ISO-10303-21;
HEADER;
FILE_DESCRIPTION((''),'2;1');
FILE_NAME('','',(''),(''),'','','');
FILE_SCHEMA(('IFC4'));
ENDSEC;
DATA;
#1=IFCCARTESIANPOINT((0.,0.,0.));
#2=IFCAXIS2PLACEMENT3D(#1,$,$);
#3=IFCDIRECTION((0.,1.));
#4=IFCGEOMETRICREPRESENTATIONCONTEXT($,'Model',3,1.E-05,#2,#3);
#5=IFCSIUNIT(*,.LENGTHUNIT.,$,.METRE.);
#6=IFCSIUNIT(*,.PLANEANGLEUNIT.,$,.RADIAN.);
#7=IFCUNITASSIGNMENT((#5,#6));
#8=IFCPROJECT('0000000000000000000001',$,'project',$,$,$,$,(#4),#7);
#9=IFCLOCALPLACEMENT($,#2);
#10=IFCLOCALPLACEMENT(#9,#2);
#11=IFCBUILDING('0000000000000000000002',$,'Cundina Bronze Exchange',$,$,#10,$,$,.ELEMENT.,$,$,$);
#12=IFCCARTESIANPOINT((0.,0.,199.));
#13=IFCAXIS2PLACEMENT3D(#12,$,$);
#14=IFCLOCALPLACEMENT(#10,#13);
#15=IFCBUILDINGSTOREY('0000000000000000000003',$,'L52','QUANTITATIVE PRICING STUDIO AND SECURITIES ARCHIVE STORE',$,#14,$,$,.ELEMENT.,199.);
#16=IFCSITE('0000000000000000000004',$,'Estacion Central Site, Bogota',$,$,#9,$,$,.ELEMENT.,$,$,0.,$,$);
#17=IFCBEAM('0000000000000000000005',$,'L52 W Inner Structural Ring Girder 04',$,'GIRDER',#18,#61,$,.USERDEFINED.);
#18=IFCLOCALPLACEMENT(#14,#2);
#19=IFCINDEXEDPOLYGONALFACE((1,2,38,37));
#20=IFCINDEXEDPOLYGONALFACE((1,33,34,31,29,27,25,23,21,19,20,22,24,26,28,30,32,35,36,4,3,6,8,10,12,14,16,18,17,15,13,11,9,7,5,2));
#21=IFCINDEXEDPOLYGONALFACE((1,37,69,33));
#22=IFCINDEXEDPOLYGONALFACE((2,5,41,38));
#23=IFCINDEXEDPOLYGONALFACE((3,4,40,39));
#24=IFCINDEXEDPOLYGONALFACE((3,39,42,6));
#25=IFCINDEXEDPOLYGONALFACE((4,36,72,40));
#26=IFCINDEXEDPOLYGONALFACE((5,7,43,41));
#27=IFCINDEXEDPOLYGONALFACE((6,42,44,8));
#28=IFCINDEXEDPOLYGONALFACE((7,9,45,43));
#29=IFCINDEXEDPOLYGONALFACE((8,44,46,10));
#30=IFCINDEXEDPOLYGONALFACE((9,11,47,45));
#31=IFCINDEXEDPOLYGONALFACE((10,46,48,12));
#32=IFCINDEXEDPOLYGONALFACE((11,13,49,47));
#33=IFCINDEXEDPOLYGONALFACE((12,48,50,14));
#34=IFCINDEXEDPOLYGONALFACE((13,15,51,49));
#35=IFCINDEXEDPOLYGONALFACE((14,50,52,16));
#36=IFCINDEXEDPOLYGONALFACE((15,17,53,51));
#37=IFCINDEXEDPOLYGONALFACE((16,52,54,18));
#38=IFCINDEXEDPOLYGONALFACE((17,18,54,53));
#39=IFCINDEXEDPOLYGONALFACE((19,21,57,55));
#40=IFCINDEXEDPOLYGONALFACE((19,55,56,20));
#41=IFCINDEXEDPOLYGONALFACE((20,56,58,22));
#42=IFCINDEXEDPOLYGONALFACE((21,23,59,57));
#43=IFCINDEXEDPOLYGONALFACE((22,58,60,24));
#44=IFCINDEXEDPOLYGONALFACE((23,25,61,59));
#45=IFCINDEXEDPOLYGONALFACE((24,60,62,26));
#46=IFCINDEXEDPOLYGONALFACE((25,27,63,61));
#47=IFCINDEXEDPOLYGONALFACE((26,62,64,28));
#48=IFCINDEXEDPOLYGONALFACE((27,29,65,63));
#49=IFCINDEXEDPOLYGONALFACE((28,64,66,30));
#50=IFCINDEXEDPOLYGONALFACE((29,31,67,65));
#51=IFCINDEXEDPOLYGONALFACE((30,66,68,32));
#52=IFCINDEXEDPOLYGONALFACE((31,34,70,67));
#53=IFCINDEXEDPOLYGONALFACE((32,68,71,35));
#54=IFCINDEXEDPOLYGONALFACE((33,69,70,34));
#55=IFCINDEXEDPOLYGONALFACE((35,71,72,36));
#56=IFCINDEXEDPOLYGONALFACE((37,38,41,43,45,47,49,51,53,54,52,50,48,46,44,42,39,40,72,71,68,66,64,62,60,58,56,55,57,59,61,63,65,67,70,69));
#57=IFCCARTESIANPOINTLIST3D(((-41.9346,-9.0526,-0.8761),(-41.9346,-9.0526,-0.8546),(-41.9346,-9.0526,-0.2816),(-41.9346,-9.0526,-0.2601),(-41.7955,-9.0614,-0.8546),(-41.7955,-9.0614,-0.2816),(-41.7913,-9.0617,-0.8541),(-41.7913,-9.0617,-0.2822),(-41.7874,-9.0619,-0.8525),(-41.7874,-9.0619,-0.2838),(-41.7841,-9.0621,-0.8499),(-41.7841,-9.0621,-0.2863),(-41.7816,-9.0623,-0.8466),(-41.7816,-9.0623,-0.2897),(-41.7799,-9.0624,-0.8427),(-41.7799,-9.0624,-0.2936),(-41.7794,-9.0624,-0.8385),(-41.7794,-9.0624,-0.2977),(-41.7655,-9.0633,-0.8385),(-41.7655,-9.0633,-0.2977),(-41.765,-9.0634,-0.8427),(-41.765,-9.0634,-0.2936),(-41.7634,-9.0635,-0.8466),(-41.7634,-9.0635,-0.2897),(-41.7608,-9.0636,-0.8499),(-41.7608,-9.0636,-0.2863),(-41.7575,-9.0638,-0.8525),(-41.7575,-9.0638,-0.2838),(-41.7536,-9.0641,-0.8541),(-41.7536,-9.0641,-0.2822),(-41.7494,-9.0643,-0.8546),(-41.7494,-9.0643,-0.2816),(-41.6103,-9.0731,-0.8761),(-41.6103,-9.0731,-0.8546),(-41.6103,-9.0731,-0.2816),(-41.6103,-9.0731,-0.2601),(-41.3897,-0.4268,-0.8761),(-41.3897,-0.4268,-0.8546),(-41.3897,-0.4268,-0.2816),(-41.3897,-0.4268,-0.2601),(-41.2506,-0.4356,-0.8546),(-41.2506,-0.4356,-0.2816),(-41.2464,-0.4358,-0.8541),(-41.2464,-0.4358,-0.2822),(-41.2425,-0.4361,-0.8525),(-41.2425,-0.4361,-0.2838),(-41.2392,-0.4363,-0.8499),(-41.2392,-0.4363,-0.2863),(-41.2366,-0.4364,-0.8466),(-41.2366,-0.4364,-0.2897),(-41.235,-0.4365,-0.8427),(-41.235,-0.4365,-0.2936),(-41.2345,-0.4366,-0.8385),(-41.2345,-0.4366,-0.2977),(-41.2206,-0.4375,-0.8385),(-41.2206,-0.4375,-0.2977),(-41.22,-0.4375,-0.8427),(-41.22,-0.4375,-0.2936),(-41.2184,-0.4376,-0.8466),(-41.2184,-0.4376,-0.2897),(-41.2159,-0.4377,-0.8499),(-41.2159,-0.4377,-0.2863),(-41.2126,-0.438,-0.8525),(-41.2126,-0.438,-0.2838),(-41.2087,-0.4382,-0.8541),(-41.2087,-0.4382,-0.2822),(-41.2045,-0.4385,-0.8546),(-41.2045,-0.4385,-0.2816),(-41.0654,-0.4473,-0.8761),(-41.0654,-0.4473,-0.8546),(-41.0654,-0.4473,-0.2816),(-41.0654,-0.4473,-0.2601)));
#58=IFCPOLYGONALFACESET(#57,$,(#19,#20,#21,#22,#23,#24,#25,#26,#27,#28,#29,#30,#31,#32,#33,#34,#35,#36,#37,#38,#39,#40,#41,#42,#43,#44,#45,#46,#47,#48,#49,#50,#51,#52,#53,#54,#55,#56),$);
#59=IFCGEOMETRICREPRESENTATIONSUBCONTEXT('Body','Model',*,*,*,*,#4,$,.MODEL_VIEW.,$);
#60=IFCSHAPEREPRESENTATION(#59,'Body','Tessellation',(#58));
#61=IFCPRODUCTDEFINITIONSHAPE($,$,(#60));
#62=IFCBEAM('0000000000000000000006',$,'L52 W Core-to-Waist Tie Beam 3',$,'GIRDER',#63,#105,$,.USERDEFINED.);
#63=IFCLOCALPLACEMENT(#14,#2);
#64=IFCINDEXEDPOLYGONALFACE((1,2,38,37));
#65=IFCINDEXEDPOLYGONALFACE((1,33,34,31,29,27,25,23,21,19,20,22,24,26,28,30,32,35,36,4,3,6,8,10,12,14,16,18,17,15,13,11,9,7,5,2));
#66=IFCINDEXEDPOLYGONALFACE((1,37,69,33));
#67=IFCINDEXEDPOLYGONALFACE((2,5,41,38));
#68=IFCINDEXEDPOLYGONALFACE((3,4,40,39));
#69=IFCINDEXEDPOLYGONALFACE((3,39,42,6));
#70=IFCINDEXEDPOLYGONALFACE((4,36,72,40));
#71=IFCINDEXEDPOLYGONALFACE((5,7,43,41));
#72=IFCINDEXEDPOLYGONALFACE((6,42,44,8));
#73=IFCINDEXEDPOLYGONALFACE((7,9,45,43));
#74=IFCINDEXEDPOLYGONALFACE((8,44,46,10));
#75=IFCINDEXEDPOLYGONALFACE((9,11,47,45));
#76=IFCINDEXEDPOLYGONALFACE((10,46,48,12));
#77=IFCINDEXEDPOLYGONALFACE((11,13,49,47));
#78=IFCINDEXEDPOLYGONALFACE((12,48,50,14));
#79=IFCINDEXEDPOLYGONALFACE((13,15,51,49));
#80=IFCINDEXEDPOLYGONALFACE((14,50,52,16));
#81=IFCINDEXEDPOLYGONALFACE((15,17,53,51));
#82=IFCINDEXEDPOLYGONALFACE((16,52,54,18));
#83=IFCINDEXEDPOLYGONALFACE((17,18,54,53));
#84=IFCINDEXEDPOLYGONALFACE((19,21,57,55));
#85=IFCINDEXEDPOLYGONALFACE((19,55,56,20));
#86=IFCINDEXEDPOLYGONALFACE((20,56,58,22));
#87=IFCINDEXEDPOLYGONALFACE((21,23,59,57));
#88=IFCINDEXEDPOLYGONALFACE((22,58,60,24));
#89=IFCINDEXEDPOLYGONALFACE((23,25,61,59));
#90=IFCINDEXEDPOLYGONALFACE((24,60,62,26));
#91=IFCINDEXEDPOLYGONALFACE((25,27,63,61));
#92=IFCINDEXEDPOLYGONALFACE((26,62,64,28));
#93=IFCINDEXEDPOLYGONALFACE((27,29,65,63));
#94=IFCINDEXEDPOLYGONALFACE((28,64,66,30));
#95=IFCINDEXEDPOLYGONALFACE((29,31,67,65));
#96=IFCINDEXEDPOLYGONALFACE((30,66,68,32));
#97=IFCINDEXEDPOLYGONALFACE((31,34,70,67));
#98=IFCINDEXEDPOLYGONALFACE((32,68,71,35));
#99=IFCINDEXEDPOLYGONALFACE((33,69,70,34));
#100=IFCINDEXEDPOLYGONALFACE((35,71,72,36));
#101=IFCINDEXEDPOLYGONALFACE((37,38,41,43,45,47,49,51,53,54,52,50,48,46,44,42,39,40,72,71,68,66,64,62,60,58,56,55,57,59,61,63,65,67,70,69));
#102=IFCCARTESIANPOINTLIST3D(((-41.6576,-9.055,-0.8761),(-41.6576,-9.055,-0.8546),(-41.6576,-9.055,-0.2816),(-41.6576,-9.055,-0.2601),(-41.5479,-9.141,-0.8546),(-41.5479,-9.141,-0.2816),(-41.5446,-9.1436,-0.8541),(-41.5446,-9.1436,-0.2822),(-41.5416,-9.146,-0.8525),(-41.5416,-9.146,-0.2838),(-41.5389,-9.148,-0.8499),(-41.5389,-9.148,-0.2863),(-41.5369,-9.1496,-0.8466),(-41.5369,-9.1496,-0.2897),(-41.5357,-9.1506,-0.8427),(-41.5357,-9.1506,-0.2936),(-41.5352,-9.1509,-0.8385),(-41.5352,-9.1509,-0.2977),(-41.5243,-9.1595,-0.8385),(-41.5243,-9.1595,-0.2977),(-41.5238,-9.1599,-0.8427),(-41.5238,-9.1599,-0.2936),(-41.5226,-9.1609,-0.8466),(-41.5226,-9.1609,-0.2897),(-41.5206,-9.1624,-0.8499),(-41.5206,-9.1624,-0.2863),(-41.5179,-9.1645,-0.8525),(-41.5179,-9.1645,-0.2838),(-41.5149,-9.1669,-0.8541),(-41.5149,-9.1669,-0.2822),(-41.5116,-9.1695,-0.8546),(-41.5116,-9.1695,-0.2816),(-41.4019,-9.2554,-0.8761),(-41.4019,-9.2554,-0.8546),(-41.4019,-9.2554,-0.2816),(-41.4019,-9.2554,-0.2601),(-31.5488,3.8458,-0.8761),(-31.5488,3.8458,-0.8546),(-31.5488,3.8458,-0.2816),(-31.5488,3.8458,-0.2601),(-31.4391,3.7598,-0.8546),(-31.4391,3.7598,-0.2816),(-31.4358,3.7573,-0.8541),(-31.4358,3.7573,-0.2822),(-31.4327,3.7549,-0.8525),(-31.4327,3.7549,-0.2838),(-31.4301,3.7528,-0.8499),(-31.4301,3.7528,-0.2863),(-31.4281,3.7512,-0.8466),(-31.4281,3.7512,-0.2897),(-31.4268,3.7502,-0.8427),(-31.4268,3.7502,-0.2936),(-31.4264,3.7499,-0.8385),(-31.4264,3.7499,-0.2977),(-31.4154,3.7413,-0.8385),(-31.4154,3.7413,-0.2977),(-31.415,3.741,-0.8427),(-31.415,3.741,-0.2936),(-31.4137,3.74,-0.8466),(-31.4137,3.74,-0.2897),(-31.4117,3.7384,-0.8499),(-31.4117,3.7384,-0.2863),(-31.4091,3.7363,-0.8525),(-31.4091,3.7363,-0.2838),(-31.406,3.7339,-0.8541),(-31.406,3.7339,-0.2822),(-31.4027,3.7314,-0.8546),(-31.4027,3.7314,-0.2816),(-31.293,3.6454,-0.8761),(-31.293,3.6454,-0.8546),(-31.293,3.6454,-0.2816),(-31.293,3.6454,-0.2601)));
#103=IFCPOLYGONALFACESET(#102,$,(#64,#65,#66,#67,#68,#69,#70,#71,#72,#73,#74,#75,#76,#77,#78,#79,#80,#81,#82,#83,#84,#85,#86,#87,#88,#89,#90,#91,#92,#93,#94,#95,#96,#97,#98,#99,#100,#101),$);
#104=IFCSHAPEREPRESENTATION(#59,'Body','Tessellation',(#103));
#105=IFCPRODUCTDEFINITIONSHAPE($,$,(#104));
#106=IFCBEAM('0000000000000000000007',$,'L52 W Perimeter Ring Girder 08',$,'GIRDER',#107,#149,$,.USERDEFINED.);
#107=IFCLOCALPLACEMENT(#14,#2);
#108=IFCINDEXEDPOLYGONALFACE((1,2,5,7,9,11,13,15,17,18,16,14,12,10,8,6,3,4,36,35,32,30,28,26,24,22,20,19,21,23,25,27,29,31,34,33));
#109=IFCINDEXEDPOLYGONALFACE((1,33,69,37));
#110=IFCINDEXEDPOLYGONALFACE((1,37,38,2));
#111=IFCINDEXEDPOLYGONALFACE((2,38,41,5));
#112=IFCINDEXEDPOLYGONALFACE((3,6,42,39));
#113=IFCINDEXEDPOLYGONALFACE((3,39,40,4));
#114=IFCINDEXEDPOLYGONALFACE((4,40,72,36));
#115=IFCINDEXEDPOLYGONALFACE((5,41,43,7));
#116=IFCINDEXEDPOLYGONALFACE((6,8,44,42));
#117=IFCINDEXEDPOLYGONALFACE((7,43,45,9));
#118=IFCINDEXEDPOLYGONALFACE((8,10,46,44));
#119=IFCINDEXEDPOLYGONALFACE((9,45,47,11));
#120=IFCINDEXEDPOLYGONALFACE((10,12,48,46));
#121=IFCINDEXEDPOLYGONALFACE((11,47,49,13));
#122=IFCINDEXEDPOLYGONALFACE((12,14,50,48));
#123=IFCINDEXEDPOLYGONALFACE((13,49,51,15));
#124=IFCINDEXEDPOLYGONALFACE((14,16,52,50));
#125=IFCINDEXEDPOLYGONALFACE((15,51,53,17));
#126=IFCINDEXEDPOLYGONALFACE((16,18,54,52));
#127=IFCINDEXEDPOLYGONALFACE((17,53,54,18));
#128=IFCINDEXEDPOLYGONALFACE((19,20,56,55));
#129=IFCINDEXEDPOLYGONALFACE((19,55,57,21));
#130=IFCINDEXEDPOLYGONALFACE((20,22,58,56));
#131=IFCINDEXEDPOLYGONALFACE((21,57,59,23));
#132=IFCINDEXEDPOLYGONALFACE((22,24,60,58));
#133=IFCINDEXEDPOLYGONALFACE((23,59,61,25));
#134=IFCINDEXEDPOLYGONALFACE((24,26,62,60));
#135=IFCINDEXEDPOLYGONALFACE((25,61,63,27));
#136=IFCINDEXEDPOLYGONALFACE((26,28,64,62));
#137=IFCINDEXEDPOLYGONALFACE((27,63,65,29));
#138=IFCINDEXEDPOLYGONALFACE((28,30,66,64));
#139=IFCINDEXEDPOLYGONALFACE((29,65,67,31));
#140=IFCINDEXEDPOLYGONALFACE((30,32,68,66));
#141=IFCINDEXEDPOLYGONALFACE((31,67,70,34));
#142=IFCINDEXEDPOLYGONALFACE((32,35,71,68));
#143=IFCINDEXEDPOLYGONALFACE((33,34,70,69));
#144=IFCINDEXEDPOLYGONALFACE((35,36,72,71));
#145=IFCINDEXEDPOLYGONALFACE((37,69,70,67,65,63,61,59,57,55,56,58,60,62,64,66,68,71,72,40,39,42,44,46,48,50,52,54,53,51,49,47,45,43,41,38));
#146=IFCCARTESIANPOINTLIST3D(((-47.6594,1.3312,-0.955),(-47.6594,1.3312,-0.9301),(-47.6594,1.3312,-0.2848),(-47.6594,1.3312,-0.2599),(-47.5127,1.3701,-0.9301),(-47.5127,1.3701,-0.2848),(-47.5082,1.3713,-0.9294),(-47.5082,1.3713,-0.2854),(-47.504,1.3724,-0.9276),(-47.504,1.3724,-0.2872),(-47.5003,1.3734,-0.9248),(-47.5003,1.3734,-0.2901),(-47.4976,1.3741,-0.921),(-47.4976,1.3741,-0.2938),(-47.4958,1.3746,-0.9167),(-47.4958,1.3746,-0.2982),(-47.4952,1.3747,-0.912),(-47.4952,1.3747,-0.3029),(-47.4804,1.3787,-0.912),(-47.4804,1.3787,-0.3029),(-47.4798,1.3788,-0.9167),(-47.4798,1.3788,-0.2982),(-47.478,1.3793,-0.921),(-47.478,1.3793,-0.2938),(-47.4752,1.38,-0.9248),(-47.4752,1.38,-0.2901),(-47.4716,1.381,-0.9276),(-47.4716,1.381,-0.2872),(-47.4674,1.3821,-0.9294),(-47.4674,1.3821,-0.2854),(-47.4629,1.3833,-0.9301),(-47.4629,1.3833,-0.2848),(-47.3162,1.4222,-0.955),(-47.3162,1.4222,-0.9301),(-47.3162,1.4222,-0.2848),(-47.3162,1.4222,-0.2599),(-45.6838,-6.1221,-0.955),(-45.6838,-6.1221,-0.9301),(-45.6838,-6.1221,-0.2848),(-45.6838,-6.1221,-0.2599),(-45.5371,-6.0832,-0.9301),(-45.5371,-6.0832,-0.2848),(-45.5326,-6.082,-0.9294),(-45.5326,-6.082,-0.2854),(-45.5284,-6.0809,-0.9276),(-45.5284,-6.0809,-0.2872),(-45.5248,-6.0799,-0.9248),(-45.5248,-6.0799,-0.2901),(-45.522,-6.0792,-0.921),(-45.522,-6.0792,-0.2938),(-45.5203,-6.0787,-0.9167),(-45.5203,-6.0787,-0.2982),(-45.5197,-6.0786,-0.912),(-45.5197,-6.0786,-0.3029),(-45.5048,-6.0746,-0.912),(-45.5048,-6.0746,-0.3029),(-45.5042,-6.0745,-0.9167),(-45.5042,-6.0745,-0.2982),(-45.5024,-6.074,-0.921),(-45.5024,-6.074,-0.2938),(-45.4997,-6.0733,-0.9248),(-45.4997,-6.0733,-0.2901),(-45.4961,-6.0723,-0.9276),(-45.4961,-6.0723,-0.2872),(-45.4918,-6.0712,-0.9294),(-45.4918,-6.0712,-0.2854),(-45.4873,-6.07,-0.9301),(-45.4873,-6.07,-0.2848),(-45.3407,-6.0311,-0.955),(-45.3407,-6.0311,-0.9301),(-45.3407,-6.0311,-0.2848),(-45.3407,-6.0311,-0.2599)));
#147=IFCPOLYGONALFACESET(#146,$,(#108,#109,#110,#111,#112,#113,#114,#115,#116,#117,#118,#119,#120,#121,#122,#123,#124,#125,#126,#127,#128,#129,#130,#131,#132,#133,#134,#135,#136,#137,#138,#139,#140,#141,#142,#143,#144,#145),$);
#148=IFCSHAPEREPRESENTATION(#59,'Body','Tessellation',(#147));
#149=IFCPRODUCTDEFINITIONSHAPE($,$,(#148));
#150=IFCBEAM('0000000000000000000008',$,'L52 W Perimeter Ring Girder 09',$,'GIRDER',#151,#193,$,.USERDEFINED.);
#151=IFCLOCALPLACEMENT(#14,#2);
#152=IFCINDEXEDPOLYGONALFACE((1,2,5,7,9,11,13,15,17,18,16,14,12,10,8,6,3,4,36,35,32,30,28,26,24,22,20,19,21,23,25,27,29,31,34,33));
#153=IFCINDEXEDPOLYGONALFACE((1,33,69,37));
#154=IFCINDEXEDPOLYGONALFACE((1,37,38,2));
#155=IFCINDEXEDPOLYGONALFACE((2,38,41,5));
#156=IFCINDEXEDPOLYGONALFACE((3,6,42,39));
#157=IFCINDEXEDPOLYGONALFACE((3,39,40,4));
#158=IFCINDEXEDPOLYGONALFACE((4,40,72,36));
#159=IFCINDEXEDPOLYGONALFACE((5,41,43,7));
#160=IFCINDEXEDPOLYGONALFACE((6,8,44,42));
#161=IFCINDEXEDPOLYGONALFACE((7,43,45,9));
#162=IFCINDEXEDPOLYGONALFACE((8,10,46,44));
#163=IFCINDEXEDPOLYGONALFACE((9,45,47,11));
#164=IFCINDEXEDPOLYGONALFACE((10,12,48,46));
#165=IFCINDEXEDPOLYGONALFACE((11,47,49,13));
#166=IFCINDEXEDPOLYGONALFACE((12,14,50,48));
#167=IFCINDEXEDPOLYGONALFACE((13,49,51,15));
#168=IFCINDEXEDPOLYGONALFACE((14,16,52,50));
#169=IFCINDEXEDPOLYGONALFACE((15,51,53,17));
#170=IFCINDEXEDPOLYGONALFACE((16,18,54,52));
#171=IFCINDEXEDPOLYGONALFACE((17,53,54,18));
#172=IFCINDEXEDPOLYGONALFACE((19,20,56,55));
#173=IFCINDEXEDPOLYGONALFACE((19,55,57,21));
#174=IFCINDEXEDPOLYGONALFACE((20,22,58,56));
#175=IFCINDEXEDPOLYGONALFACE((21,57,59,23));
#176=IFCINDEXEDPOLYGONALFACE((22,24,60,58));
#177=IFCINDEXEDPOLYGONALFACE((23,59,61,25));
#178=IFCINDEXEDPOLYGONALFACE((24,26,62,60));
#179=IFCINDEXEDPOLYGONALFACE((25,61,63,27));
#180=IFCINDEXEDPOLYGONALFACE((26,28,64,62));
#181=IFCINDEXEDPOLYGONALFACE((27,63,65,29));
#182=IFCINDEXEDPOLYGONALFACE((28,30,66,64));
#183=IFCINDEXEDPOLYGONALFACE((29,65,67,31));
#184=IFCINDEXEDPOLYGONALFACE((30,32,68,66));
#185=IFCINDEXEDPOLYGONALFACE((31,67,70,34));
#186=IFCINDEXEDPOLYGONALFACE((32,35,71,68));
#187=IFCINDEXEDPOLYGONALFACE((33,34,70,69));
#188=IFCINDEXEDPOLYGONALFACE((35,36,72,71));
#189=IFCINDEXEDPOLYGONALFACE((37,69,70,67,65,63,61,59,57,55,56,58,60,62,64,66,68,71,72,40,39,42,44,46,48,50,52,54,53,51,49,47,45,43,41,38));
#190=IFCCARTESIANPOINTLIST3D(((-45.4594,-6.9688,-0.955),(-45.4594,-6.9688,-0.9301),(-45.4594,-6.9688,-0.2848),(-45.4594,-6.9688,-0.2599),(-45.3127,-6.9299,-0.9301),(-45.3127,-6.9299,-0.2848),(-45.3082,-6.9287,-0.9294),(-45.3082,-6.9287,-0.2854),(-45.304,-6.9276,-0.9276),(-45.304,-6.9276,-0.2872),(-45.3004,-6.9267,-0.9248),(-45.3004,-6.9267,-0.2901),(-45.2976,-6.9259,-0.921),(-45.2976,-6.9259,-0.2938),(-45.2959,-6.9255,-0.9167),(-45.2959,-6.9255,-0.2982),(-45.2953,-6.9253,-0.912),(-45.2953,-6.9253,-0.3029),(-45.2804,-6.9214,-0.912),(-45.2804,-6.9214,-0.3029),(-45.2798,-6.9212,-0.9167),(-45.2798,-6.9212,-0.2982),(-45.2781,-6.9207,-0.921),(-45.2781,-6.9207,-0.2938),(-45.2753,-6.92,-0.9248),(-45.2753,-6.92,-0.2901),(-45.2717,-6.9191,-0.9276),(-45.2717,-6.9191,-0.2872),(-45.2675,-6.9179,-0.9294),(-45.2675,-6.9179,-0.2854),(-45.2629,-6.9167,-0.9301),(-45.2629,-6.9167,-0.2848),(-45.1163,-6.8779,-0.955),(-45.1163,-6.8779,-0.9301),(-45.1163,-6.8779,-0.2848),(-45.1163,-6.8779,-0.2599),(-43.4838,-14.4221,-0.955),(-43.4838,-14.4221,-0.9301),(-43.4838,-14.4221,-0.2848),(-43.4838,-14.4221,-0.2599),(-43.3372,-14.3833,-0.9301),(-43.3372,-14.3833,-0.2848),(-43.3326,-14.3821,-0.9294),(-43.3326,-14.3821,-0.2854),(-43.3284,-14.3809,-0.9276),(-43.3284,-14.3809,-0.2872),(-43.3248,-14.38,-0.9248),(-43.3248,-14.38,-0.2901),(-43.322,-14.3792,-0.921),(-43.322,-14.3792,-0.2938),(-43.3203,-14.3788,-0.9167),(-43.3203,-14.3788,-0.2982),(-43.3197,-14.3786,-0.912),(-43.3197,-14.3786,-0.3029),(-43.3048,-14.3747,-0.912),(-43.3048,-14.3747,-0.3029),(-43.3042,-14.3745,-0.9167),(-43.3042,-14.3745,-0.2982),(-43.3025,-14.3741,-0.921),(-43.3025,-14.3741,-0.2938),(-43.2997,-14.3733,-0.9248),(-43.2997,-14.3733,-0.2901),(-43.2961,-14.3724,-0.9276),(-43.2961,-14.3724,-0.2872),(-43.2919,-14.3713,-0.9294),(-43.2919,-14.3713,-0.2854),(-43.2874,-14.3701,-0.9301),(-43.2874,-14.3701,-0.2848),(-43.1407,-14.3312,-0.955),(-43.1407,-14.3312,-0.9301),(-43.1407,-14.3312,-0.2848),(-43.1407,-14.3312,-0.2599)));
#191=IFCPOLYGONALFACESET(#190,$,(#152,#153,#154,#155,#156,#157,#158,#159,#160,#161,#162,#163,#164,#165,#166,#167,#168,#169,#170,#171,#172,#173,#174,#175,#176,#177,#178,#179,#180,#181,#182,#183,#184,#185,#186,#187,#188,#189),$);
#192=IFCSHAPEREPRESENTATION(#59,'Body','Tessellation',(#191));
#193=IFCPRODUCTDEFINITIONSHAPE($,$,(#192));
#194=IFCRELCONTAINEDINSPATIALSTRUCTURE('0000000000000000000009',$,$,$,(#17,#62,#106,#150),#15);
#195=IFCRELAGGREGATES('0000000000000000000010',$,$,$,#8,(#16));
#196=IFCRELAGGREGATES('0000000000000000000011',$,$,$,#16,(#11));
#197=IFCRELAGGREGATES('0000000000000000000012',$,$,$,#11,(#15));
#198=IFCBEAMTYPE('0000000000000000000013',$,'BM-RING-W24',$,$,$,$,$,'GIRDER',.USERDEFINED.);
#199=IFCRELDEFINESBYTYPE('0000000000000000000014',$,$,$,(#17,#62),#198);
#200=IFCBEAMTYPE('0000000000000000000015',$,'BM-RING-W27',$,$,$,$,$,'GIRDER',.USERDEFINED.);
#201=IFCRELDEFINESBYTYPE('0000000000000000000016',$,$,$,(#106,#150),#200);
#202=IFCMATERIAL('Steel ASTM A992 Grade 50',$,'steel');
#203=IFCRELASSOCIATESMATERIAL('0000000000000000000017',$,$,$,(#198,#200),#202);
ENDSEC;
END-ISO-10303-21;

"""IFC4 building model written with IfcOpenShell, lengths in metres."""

from ifc_helpers import new_model, si_unit, direction, frame, origin, origin_2d, place, context, subcontext, project, spatial, i_section, extrude, material, material_profile, profile_set, type_object, element, save


model = new_model("IFC4")

# Units and contexts
model_context = context("Model", 3, precision=1e-05, world=origin(), true_north=direction((0.0, 1.0)))
body_context = subcontext(model_context, "Body", "Model", "MODEL_VIEW")
ifc_project = project(units=[si_unit("LENGTHUNIT", "METRE"), si_unit("PLANEANGLEUNIT", "RADIAN")], contexts=[model_context])

# Site, building, storey
site_placement = place(None, origin())
site = spatial("IfcSite", under=ifc_project, at=site_placement, Name="Estacion Central Site, Bogota", CompositionType="ELEMENT", RefElevation=0.0)
building_placement = place(site_placement, origin())
building = spatial("IfcBuilding", under=site, at=building_placement, Name="Cundina Bronze Exchange", CompositionType="ELEMENT")
storey_placement = place(building_placement, frame((0.0, 0.0, 199.0)))
storey = spatial("IfcBuildingStorey", under=building, at=storey_placement, Name="L52", Description="QUANTITATIVE PRICING STUDIO AND SECURITIES ARCHIVE STORE", CompositionType="ELEMENT", Elevation=199.0)

# Beams
ifc_material_1 = material(Name="Steel ASTM A992 Grade 50", Category="steel")
ifc_material_profile_1 = material_profile(ifc_material_1, i_section(OverallWidth=0.325, OverallDepth=0.616, WebThickness=0.0139, FlangeThickness=0.0215, FilletRadius=0.0161, at=origin_2d()), Name="W24X117", Category="steel")
ifc_profile_set_1 = profile_set([ifc_material_profile_1], Name="Steel ASTM A992 Grade 50")
beam_type_1 = type_object("IfcBeamType", Name="BM-RING-W24", ElementType="GIRDER", PredefinedType="USERDEFINED", material=ifc_profile_set_1)
beam_1_placement = place(storey_placement, frame((-41.2275, -0.437, -0.5681), z_axis=(-0.063047, -0.998011, 0.0), x_axis=(0.998011, -0.063047, 0.0)))
element("IfcBeam", 1, at=beam_1_placement, inside=storey, type_object=beam_type_1, Name="L52 W Inner Structural Ring Girder 04", ObjectType="GIRDER", PredefinedType="USERDEFINED", context=body_context, shape_type="SweptSolid", body=[
    extrude(i_section(OverallWidth=0.325, OverallDepth=0.616, WebThickness=0.0139, FlangeThickness=0.0215, FilletRadius=0.0161, at=origin_2d()), origin(), (0.0, 0.0, 1.0), 8.6431),
])
beam_2_placement = place(storey_placement, frame((-31.4209, 3.7456, -0.5681), z_axis=(-0.616783, -0.787133, 0.0), x_axis=(0.787133, -0.616783, 0.0)))
element("IfcBeam", 2, at=beam_2_placement, inside=storey, type_object=beam_type_1, Name="L52 W Core-to-Waist Tie Beam 3", ObjectType="GIRDER", PredefinedType="USERDEFINED", context=body_context, shape_type="SweptSolid", body=[
    extrude(i_section(OverallWidth=0.325, OverallDepth=0.616, WebThickness=0.0139, FlangeThickness=0.0215, FilletRadius=0.0161, at=origin_2d()), origin(), (0.0, 0.0, 1.0), 16.3896),
])
ifc_material_profile_2 = material_profile(ifc_material_1, i_section(OverallWidth=0.355, OverallDepth=0.6951, WebThickness=0.0154, FlangeThickness=0.0249, FilletRadius=0.0181, at=origin_2d()), Name="W27X146", Category="steel")
ifc_profile_set_2 = profile_set([ifc_material_profile_2], Name="Steel ASTM A992 Grade 50")
beam_type_2 = type_object("IfcBeamType", Name="BM-RING-W27", ElementType="GIRDER", PredefinedType="USERDEFINED", material=ifc_profile_set_2)
for number, where, z_axis, x_axis, name in (
    (3, (-47.4878, 1.3767, -0.6074), (0.256212, -0.966621, 0.0), (0.966621, 0.256212, 0.0), "L52 W Perimeter Ring Girder 08"),
    (4, (-45.2878, -6.9233, -0.6074), (0.256212, -0.966621, 0.0), (0.966621, 0.256212, 0.0), "L52 W Perimeter Ring Girder 09"),
):
    element("IfcBeam", number, at=place(storey_placement, frame(where, z_axis=z_axis, x_axis=x_axis)), inside=storey, type_object=beam_type_2, Name=name, ObjectType="GIRDER", PredefinedType="USERDEFINED", context=body_context, shape_type="SweptSolid", body=[
        extrude(i_section(OverallWidth=0.355, OverallDepth=0.6951, WebThickness=0.0154, FlangeThickness=0.0249, FilletRadius=0.0181, at=origin_2d()), origin(), (0.0, 0.0, 1.0), 7.7107),
    ])

save(model, "model.ifc")
